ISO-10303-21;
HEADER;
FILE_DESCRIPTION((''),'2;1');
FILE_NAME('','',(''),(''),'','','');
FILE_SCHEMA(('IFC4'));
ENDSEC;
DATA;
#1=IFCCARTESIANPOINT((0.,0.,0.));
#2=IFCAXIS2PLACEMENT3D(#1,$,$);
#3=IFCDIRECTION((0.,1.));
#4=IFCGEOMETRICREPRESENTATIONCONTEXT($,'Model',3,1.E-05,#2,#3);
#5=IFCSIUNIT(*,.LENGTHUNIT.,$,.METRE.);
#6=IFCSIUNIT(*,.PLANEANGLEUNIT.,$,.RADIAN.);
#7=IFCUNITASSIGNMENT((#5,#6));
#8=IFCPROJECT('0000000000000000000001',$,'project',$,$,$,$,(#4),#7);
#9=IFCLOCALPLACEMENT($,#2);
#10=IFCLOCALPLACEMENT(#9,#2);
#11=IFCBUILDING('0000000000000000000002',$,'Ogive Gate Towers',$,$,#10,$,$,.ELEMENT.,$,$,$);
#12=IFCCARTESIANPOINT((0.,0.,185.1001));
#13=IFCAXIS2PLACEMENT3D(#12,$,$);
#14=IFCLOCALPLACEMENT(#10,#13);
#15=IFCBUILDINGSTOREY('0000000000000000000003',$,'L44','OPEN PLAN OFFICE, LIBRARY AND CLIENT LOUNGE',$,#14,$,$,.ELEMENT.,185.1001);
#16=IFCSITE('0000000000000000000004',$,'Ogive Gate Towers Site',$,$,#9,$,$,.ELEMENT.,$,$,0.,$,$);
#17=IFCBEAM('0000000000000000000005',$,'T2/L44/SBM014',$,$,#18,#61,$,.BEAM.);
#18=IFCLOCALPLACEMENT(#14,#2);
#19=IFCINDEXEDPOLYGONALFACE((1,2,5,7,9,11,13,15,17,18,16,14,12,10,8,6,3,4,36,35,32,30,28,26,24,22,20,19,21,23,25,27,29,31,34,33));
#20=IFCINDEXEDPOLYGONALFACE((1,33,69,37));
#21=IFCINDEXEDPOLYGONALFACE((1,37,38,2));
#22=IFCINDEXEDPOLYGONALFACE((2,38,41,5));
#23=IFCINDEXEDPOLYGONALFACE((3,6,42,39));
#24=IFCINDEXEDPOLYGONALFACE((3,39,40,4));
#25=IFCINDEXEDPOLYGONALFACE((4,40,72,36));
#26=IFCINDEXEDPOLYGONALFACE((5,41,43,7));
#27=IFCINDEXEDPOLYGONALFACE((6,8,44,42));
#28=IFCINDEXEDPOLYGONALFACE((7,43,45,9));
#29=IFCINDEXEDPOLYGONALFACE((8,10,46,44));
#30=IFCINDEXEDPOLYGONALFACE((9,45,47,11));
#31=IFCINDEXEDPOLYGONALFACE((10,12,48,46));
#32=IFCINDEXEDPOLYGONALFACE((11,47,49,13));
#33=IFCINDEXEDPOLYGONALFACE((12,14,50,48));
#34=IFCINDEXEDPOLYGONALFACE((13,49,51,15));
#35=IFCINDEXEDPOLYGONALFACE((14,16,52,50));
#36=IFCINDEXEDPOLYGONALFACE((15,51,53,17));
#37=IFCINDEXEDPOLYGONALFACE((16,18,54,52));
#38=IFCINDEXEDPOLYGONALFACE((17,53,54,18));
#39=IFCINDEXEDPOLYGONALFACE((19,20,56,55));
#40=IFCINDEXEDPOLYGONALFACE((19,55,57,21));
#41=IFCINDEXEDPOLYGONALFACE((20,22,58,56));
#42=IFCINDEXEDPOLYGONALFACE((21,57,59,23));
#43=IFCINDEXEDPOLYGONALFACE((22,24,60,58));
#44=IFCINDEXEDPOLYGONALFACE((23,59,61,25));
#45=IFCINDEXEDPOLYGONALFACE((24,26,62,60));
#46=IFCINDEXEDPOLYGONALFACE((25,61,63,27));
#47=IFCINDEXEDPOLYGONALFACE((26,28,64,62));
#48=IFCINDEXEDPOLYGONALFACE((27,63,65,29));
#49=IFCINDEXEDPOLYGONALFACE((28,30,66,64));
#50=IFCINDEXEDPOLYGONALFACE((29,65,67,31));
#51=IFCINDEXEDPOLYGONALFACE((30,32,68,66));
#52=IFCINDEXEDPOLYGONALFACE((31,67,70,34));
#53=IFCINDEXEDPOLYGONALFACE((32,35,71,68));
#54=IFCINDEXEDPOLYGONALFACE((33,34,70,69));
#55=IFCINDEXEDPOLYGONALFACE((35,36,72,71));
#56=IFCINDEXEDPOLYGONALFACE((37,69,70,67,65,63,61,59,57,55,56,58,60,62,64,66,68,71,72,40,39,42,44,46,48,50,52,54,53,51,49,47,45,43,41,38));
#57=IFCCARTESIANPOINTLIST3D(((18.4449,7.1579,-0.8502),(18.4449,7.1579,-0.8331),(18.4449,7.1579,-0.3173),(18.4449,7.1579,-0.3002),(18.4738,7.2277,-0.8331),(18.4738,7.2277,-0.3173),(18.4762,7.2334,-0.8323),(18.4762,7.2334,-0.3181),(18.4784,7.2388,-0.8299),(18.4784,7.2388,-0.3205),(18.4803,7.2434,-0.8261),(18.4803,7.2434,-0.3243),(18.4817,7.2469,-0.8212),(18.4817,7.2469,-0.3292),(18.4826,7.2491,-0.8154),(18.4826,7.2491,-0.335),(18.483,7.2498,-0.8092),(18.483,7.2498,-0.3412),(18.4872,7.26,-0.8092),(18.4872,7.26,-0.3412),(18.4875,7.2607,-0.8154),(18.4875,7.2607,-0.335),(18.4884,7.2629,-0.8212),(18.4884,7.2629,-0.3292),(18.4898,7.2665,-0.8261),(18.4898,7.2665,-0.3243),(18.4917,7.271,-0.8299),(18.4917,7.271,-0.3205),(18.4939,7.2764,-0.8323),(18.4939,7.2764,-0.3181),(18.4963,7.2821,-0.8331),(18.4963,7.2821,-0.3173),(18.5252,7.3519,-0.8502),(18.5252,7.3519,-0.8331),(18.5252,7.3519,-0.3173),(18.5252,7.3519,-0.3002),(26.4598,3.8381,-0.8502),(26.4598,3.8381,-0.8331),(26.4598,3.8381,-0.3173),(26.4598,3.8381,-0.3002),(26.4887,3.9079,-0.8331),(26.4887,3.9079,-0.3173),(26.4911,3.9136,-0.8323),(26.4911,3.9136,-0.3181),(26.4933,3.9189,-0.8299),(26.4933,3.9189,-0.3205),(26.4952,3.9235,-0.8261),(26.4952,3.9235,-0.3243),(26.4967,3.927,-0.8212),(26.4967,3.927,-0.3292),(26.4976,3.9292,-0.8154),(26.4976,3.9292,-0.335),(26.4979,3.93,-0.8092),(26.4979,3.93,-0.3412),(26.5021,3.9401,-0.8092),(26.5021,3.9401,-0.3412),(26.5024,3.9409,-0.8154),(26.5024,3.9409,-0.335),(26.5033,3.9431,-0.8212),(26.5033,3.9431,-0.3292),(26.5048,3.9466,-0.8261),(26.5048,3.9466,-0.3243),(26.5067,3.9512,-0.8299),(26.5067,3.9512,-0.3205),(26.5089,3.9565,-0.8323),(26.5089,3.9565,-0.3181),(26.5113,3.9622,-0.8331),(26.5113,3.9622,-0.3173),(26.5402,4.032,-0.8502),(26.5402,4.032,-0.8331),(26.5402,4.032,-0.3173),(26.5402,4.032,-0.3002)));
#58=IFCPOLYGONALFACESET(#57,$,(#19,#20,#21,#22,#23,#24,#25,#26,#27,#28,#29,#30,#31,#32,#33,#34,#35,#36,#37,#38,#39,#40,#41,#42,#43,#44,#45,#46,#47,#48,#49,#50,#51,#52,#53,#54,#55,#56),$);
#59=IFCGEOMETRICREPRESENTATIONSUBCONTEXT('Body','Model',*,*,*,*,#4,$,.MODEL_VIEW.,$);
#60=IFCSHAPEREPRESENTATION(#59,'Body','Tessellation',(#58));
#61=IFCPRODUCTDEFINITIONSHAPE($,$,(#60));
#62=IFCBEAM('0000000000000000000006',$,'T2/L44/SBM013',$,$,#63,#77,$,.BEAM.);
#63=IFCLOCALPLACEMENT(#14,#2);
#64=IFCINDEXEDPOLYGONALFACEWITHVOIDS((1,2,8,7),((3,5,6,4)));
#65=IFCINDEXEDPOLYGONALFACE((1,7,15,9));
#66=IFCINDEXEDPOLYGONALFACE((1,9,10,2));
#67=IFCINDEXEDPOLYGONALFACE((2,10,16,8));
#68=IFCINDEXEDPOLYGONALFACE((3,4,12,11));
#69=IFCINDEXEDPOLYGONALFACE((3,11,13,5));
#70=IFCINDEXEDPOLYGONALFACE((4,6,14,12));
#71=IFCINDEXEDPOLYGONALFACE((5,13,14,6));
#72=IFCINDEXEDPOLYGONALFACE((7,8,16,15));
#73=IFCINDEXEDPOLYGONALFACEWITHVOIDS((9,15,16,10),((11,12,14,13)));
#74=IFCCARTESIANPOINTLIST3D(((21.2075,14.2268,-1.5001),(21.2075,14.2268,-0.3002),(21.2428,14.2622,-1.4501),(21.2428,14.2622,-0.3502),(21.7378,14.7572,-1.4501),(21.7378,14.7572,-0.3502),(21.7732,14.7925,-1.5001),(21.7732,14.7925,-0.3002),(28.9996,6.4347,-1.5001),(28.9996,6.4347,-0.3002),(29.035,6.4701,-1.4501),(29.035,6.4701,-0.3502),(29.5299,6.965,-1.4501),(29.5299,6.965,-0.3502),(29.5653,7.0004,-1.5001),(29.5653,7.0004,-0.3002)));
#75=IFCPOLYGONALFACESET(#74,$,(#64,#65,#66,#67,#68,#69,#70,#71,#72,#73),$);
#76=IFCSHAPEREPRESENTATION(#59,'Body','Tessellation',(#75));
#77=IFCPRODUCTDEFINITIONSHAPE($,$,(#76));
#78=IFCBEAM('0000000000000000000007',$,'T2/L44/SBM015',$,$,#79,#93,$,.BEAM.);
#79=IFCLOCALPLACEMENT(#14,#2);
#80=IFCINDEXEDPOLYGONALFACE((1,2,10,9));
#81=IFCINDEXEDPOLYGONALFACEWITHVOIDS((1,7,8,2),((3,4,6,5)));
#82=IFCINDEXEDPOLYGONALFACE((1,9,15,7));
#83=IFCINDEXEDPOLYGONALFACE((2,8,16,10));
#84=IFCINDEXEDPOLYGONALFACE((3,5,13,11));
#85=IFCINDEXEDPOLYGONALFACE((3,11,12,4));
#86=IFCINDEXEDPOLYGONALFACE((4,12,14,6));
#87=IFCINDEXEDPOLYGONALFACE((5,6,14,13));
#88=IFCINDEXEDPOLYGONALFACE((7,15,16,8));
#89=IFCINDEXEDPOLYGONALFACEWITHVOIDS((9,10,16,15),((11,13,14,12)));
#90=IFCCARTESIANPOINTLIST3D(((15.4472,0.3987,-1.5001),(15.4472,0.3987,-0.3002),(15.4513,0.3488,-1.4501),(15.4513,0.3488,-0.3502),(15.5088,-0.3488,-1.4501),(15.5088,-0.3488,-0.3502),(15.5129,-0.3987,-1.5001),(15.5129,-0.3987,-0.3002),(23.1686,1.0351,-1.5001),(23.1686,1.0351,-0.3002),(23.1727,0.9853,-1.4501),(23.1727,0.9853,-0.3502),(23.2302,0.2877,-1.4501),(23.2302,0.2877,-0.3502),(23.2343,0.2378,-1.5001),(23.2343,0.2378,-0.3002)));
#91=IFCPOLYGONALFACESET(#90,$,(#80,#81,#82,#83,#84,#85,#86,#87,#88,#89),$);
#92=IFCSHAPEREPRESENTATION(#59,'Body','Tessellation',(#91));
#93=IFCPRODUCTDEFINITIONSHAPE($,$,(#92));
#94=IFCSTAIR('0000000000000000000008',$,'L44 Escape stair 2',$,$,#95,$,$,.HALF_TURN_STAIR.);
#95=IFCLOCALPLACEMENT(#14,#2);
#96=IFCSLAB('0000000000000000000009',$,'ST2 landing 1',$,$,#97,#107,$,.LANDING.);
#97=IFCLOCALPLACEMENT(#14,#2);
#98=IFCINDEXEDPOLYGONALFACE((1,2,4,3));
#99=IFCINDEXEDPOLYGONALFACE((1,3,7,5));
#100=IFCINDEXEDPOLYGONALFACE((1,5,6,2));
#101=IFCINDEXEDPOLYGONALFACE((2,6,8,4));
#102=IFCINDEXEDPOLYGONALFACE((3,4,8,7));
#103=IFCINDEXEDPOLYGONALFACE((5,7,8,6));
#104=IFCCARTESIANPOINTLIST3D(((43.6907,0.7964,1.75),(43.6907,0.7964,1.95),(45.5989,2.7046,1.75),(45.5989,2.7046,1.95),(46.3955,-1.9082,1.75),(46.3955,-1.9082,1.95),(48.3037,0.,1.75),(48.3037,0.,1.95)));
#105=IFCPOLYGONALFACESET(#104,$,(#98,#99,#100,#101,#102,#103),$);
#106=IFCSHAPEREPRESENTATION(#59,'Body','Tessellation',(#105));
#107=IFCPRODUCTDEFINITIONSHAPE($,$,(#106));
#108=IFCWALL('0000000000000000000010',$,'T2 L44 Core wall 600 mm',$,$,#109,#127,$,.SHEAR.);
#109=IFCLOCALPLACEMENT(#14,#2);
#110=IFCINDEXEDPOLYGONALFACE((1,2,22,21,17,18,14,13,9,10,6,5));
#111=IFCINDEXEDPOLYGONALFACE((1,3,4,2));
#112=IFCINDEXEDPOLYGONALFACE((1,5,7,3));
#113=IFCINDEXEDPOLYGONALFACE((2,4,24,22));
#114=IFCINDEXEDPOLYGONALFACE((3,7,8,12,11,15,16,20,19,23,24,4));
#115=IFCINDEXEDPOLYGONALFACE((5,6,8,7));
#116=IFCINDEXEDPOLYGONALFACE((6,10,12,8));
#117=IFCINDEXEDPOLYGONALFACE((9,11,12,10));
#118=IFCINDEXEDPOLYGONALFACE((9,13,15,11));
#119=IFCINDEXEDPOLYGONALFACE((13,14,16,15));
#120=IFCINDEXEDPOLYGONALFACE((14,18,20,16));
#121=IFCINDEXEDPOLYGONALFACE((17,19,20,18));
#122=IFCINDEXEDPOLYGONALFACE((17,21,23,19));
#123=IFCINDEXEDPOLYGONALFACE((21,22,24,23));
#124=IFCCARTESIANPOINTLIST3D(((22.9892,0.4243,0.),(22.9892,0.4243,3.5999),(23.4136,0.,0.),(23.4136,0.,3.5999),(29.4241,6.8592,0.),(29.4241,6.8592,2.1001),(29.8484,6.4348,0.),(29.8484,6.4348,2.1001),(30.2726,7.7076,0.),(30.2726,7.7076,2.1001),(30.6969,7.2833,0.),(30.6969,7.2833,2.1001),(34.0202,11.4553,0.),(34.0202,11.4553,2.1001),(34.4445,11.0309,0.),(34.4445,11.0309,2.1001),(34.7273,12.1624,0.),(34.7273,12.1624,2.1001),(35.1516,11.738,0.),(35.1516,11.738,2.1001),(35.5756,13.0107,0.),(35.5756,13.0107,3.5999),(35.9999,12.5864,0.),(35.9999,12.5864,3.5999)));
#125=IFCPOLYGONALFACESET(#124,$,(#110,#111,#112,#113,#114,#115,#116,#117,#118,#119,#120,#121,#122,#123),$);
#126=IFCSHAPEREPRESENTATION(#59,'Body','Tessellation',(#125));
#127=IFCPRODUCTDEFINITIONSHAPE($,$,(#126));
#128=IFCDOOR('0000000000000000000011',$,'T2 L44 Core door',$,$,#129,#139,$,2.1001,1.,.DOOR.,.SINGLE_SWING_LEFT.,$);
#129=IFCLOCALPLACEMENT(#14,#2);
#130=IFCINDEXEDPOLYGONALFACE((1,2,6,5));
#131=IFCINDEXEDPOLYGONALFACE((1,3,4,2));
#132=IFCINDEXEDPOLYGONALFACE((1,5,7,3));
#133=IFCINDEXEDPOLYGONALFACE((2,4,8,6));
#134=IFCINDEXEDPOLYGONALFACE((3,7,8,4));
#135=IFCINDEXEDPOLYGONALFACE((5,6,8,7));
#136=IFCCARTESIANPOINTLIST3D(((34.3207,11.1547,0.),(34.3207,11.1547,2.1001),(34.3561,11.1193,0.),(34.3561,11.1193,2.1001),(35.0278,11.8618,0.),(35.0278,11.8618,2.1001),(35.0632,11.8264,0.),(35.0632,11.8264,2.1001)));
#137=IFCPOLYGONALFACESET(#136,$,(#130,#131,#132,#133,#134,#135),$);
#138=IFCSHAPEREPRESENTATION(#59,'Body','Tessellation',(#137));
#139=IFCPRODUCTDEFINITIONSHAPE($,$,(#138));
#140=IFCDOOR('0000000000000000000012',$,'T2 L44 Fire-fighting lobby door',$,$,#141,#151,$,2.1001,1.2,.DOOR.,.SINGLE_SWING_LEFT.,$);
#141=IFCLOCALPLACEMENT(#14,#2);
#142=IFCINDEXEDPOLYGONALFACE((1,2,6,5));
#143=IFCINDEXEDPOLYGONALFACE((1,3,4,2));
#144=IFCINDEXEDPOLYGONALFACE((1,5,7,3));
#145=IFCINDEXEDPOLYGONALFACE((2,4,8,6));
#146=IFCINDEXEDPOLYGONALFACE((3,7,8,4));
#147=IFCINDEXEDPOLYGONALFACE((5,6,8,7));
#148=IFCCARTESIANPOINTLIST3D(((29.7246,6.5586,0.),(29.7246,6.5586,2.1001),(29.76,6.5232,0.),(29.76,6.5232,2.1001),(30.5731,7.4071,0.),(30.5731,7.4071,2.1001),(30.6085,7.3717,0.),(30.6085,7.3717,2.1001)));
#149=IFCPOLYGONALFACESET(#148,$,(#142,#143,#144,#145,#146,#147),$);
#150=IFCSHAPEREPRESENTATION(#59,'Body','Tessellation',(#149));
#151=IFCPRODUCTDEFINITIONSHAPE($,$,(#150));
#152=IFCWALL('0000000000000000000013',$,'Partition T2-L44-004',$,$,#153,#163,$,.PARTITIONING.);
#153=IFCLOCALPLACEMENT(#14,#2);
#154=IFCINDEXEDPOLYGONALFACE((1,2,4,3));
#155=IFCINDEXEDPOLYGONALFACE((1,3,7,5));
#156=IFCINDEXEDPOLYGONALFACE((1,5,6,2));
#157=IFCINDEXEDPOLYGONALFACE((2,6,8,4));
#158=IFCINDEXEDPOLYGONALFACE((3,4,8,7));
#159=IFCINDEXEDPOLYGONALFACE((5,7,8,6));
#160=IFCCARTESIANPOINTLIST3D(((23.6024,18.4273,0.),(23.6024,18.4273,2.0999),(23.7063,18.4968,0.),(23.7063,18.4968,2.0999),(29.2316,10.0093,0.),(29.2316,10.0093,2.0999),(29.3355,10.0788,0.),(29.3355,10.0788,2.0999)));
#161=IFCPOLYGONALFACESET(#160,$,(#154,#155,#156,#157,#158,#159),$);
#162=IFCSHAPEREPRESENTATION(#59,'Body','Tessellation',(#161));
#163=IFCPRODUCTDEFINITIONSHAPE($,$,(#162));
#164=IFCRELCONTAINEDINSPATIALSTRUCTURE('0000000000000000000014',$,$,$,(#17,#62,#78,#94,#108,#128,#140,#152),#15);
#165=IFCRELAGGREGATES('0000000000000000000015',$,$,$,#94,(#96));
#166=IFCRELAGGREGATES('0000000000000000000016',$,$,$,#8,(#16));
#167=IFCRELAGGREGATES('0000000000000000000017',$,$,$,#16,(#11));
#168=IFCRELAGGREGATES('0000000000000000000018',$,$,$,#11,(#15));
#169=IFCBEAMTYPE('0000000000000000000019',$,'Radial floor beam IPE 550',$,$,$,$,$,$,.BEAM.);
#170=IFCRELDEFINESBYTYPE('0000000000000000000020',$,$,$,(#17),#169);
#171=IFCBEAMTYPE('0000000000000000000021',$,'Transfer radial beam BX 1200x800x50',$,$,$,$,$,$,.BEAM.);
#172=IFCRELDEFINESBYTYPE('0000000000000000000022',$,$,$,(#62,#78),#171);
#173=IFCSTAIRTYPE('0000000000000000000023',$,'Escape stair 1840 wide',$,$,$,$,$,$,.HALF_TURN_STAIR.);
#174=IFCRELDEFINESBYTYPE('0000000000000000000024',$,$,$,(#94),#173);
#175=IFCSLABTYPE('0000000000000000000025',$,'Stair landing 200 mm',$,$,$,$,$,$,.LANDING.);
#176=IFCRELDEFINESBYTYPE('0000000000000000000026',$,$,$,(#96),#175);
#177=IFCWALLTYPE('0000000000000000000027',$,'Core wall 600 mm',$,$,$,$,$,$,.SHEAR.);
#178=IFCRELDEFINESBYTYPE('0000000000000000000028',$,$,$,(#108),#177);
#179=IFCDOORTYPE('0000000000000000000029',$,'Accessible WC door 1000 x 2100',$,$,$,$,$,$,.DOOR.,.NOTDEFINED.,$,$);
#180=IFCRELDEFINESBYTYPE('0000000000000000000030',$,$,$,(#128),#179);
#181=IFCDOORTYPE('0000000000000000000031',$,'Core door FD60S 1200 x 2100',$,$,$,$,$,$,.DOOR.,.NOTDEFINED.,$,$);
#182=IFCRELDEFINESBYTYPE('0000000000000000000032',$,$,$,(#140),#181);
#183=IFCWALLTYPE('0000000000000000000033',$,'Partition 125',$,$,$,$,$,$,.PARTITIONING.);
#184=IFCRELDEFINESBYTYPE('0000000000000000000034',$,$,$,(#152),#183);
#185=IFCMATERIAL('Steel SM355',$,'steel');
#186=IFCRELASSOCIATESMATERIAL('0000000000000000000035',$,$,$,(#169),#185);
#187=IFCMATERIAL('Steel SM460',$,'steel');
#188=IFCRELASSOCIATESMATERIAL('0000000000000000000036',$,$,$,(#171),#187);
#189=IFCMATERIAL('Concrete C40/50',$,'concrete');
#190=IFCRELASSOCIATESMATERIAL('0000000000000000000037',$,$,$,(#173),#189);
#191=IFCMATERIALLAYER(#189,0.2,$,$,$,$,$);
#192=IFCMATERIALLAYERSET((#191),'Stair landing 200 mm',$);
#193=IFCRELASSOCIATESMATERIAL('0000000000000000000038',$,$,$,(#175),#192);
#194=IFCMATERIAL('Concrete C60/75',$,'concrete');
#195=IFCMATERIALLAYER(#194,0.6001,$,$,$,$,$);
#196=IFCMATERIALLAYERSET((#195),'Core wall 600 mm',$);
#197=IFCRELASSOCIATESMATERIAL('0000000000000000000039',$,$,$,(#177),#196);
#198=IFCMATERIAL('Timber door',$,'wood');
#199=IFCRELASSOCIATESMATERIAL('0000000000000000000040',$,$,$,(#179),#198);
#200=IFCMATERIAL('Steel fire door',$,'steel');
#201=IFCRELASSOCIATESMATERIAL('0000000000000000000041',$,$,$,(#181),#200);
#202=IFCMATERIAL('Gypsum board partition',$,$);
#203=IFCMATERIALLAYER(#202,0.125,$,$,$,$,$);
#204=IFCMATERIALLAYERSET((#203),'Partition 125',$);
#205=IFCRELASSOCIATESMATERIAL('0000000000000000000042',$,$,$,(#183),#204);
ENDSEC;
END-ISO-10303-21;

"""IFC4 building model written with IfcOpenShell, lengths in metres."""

from ifc_helpers import new_model, si_unit, direction, frame, frame_2d, origin, origin_2d, place, context, subcontext, project, spatial, polyline, rectangle, hollow_rectangle, i_section, outline, extrude, material, layer, layer_set, material_profile, profile_set, type_object, element, fill, aggregate, save


model = new_model("IFC4")

# Units and contexts
model_context = context("Model", 3, precision=1e-05, world=origin(), true_north=direction((0.0, 1.0)))
body_context = subcontext(model_context, "Body", "Model", "MODEL_VIEW")
ifc_project = project(units=[si_unit("LENGTHUNIT", "METRE"), si_unit("PLANEANGLEUNIT", "RADIAN")], contexts=[model_context])

# Site, building, storey
site_placement = place(None, origin())
site = spatial("IfcSite", under=ifc_project, at=site_placement, Name="Ogive Gate Towers Site", CompositionType="ELEMENT", RefElevation=0.0)
building_placement = place(site_placement, origin())
building = spatial("IfcBuilding", under=site, at=building_placement, Name="Ogive Gate Towers", CompositionType="ELEMENT")
storey_placement = place(building_placement, frame((0.0, 0.0, 185.1001)))
storey = spatial("IfcBuildingStorey", under=building, at=storey_placement, Name="L44", Description="OPEN PLAN OFFICE, LIBRARY AND CLIENT LOUNGE", CompositionType="ELEMENT", Elevation=185.1001)

# Shared definitions
ifc_material_1 = material(Name="Steel SM460", Category="steel")

# Beams
ifc_material_2 = material(Name="Concrete C40/50", Category="concrete")
ifc_material_3 = material(Name="Steel SM355", Category="steel")
ifc_material_profile_1 = material_profile(ifc_material_3, i_section(OverallWidth=0.21, OverallDepth=0.55, WebThickness=0.011, FlangeThickness=0.0171, FilletRadius=0.0239, at=origin_2d()), Name="IPE 550")
ifc_profile_set_1 = profile_set([ifc_material_profile_1], Name="Steel SM355")
beam_type_1 = type_object("IfcBeamType", Name="Radial floor beam IPE 550", PredefinedType="BEAM", material=ifc_profile_set_1)
for number, where, z_axis, x_axis, name in (
    (1, (26.5, 3.9351, -0.5752), (-0.923882, 0.382678, 0.0), (-0.382678, -0.923882, 0.0), "T2/L44/SBM014"),
):
    element("IfcBeam", number, at=place(storey_placement, frame(where, z_axis=z_axis, x_axis=x_axis)), inside=storey, type_object=beam_type_1, Name=name, PredefinedType="BEAM", context=body_context, shape_type="SweptSolid", body=[
        extrude(i_section(OverallWidth=0.21, OverallDepth=0.55, WebThickness=0.011, FlangeThickness=0.0171, FilletRadius=0.0239, at=origin_2d()), origin(), (0.0, 0.0, 1.0), 8.6753),
    ])
ifc_material_profile_2 = material_profile(ifc_material_1, hollow_rectangle(XDim=0.8, YDim=1.2, WallThickness=0.05, at=origin_2d()), Name="BX 1200x800x50")
ifc_profile_set_2 = profile_set([ifc_material_profile_2], Name="Steel SM460")
beam_type_2 = type_object("IfcBeamType", Name="Transfer radial beam BX 1200x800x50", PredefinedType="BEAM", material=ifc_profile_set_2)
beam_1_placement = place(storey_placement, frame((29.2825, 6.7175, -0.9001), z_axis=(-0.707107, 0.707107, 0.0), x_axis=(-0.707107, -0.707107, 0.0)))
element("IfcBeam", 2, at=beam_1_placement, inside=storey, type_object=beam_type_2, Name="T2/L44/SBM013", PredefinedType="BEAM", context=body_context, shape_type="SweptSolid", body=[
    extrude(hollow_rectangle(XDim=0.8, YDim=1.2, WallThickness=0.05, at=origin_2d()), origin(), (0.0, 0.0, 1.0), 11.0198),
])
beam_2_placement = place(storey_placement, frame((23.2014, 0.6365, -0.9001), z_axis=(-0.99662, -0.082151, 0.0), x_axis=(0.082151, -0.99662, 0.0)))
element("IfcBeam", 3, at=beam_2_placement, inside=storey, type_object=beam_type_2, Name="T2/L44/SBM015", PredefinedType="BEAM", context=body_context, shape_type="SweptSolid", body=[
    extrude(hollow_rectangle(XDim=0.8, YDim=1.2, WallThickness=0.05, at=origin_2d()), origin(), (0.0, 0.0, 1.0), 7.7476),
])

# Stair, slab
stair_type = type_object("IfcStairType", Name="Escape stair 1840 wide", PredefinedType="HALF_TURN_STAIR", material=ifc_material_2)
stair_1_placement = place(storey_placement, origin())
stair_1 = element("IfcStair", 4, at=stair_1_placement, inside=storey, type_object=stair_type, Name="L44 Escape stair 2", PredefinedType="HALF_TURN_STAIR")
ifc_layer_1 = layer(ifc_material_2, 0.2)
ifc_layer_set_1 = layer_set([ifc_layer_1], Name="Stair landing 200 mm")
slab_type = type_object("IfcSlabType", Name="Stair landing 200 mm", PredefinedType="LANDING", material=ifc_layer_set_1)
slab_placement = place(storey_placement, frame((0.0, 0.0, 1.75)))
slab = element("IfcSlab", 5, at=slab_placement, type_object=slab_type, Name="ST2 landing 1", PredefinedType="LANDING", context=body_context, shape_type="SweptSolid", body=[
    extrude(outline(polyline([(46.3955, -1.9082), (48.3037, 0.0), (45.5989, 2.7046), (43.6907, 0.7964), (46.3955, -1.9082)])), origin(), (0.0, 0.0, 1.0), 0.2),
])
aggregate(stair_1, [slab])

# Wall, openings, doors
ifc_material_4 = material(Name="Concrete C60/75", Category="concrete")
ifc_layer_2 = layer(ifc_material_4, 0.6001)
ifc_layer_set_2 = layer_set([ifc_layer_2], Name="Core wall 600 mm")
wall_type_1 = type_object("IfcWallType", Name="Core wall 600 mm", PredefinedType="SHEAR", material=ifc_layer_set_2)
wall_1_placement = place(storey_placement, frame((23.2014, 0.2122, 0.0), z_axis=(0.0, 0.0, 1.0), x_axis=(0.707107, 0.707107, 0.0)))
wall_1 = element("IfcWall", 6, at=wall_1_placement, inside=storey, type_object=wall_type_1, Name="T2 L44 Core wall 600 mm", PredefinedType="SHEAR", context=body_context, shape_type="SweptSolid", body=[
    extrude(rectangle(XDim=17.7998, YDim=0.6001, at=frame_2d((8.8999, 0.0))), origin(), (0.0, 0.0, 1.0), 3.5999),
])
opening_1_placement = place(wall_1_placement, frame((9.1001, 0.0, 0.0)))
opening_1 = element("IfcOpeningElement", 7, at=opening_1_placement, cuts=wall_1, PredefinedType="OPENING", context=body_context, shape_type="SweptSolid", body=[
    extrude(rectangle(XDim=1.2, YDim=2.1001, at=frame_2d((0.6001, 1.05))), frame((0.0, 0.3101, 0.0), z_axis=(0.0, -1.0, 0.0), x_axis=(1.0, 0.0, 0.0)), (0.0, 0.0, 1.0), 0.6201),
])
opening_2_placement = place(wall_1_placement, frame((15.6001, 0.0, 0.0)))
opening_2 = element("IfcOpeningElement", 8, at=opening_2_placement, cuts=wall_1, PredefinedType="OPENING", context=body_context, shape_type="SweptSolid", body=[
    extrude(rectangle(XDim=1.0, YDim=2.1001, at=frame_2d((0.5, 1.05))), frame((0.0, 0.3101, 0.0), z_axis=(0.0, -1.0, 0.0), x_axis=(1.0, 0.0, 0.0)), (0.0, 0.0, 1.0), 0.6201),
])
ifc_material_5 = material(Name="Timber door", Category="wood")
door_type_1 = type_object("IfcDoorType", Name="Accessible WC door 1000 x 2100", OperationType="NOTDEFINED", PredefinedType="DOOR", material=ifc_material_5)
door_1_placement = place(opening_2_placement, origin())
door_1 = element("IfcDoor", 9, at=door_1_placement, inside=storey, type_object=door_type_1, Name="T2 L44 Core door", OperationType="SINGLE_SWING_LEFT", OverallHeight=2.1001, OverallWidth=1.0, PredefinedType="DOOR", context=body_context, shape_type="SweptSolid", body=[
    extrude(rectangle(XDim=1.0, YDim=2.1001, at=frame_2d((0.5, 1.05))), frame((0.0, -0.125, 0.0), z_axis=(0.0, -1.0, 0.0), x_axis=(1.0, 0.0, 0.0)), (0.0, 0.0, 1.0), 0.05),
])
fill(opening_2, door_1)
ifc_material_6 = material(Name="Steel fire door", Category="steel")
door_type_2 = type_object("IfcDoorType", Name="Core door FD60S 1200 x 2100", OperationType="NOTDEFINED", PredefinedType="DOOR", material=ifc_material_6)
door_2_placement = place(opening_1_placement, origin())
door_2 = element("IfcDoor", 10, at=door_2_placement, inside=storey, type_object=door_type_2, Name="T2 L44 Fire-fighting lobby door", OperationType="SINGLE_SWING_LEFT", OverallHeight=2.1001, OverallWidth=1.2, PredefinedType="DOOR", context=body_context, shape_type="SweptSolid", body=[
    extrude(rectangle(XDim=1.2, YDim=2.1001, at=frame_2d((0.6001, 1.05))), frame((0.0, -0.125, 0.0), z_axis=(0.0, -1.0, 0.0), x_axis=(1.0, 0.0, 0.0)), (0.0, 0.0, 1.0), 0.05),
])
fill(opening_1, door_2)

# Wall
ifc_material_7 = material(Name="Gypsum board partition")
ifc_layer_3 = layer(ifc_material_7, 0.125)
ifc_layer_set_3 = layer_set([ifc_layer_3], Name="Partition 125")
wall_type_2 = type_object("IfcWallType", Name="Partition 125", PredefinedType="PARTITIONING", material=ifc_layer_set_3)
wall_2_placement = place(storey_placement, frame((23.6543, 18.4622, 0.0), z_axis=(0.0, 0.0, 1.0), x_axis=(0.555874, -0.831267, 0.0)))
element("IfcWall", 11, at=wall_2_placement, inside=storey, type_object=wall_type_2, Name="Partition T2-L44-004", PredefinedType="PARTITIONING", context=body_context, shape_type="SweptSolid", body=[
    extrude(rectangle(XDim=10.1267, YDim=0.125, at=frame_2d((5.0635, 0.0))), origin(), (0.0, 0.0, 1.0), 2.0999),
])

save(model, "model.ifc")
